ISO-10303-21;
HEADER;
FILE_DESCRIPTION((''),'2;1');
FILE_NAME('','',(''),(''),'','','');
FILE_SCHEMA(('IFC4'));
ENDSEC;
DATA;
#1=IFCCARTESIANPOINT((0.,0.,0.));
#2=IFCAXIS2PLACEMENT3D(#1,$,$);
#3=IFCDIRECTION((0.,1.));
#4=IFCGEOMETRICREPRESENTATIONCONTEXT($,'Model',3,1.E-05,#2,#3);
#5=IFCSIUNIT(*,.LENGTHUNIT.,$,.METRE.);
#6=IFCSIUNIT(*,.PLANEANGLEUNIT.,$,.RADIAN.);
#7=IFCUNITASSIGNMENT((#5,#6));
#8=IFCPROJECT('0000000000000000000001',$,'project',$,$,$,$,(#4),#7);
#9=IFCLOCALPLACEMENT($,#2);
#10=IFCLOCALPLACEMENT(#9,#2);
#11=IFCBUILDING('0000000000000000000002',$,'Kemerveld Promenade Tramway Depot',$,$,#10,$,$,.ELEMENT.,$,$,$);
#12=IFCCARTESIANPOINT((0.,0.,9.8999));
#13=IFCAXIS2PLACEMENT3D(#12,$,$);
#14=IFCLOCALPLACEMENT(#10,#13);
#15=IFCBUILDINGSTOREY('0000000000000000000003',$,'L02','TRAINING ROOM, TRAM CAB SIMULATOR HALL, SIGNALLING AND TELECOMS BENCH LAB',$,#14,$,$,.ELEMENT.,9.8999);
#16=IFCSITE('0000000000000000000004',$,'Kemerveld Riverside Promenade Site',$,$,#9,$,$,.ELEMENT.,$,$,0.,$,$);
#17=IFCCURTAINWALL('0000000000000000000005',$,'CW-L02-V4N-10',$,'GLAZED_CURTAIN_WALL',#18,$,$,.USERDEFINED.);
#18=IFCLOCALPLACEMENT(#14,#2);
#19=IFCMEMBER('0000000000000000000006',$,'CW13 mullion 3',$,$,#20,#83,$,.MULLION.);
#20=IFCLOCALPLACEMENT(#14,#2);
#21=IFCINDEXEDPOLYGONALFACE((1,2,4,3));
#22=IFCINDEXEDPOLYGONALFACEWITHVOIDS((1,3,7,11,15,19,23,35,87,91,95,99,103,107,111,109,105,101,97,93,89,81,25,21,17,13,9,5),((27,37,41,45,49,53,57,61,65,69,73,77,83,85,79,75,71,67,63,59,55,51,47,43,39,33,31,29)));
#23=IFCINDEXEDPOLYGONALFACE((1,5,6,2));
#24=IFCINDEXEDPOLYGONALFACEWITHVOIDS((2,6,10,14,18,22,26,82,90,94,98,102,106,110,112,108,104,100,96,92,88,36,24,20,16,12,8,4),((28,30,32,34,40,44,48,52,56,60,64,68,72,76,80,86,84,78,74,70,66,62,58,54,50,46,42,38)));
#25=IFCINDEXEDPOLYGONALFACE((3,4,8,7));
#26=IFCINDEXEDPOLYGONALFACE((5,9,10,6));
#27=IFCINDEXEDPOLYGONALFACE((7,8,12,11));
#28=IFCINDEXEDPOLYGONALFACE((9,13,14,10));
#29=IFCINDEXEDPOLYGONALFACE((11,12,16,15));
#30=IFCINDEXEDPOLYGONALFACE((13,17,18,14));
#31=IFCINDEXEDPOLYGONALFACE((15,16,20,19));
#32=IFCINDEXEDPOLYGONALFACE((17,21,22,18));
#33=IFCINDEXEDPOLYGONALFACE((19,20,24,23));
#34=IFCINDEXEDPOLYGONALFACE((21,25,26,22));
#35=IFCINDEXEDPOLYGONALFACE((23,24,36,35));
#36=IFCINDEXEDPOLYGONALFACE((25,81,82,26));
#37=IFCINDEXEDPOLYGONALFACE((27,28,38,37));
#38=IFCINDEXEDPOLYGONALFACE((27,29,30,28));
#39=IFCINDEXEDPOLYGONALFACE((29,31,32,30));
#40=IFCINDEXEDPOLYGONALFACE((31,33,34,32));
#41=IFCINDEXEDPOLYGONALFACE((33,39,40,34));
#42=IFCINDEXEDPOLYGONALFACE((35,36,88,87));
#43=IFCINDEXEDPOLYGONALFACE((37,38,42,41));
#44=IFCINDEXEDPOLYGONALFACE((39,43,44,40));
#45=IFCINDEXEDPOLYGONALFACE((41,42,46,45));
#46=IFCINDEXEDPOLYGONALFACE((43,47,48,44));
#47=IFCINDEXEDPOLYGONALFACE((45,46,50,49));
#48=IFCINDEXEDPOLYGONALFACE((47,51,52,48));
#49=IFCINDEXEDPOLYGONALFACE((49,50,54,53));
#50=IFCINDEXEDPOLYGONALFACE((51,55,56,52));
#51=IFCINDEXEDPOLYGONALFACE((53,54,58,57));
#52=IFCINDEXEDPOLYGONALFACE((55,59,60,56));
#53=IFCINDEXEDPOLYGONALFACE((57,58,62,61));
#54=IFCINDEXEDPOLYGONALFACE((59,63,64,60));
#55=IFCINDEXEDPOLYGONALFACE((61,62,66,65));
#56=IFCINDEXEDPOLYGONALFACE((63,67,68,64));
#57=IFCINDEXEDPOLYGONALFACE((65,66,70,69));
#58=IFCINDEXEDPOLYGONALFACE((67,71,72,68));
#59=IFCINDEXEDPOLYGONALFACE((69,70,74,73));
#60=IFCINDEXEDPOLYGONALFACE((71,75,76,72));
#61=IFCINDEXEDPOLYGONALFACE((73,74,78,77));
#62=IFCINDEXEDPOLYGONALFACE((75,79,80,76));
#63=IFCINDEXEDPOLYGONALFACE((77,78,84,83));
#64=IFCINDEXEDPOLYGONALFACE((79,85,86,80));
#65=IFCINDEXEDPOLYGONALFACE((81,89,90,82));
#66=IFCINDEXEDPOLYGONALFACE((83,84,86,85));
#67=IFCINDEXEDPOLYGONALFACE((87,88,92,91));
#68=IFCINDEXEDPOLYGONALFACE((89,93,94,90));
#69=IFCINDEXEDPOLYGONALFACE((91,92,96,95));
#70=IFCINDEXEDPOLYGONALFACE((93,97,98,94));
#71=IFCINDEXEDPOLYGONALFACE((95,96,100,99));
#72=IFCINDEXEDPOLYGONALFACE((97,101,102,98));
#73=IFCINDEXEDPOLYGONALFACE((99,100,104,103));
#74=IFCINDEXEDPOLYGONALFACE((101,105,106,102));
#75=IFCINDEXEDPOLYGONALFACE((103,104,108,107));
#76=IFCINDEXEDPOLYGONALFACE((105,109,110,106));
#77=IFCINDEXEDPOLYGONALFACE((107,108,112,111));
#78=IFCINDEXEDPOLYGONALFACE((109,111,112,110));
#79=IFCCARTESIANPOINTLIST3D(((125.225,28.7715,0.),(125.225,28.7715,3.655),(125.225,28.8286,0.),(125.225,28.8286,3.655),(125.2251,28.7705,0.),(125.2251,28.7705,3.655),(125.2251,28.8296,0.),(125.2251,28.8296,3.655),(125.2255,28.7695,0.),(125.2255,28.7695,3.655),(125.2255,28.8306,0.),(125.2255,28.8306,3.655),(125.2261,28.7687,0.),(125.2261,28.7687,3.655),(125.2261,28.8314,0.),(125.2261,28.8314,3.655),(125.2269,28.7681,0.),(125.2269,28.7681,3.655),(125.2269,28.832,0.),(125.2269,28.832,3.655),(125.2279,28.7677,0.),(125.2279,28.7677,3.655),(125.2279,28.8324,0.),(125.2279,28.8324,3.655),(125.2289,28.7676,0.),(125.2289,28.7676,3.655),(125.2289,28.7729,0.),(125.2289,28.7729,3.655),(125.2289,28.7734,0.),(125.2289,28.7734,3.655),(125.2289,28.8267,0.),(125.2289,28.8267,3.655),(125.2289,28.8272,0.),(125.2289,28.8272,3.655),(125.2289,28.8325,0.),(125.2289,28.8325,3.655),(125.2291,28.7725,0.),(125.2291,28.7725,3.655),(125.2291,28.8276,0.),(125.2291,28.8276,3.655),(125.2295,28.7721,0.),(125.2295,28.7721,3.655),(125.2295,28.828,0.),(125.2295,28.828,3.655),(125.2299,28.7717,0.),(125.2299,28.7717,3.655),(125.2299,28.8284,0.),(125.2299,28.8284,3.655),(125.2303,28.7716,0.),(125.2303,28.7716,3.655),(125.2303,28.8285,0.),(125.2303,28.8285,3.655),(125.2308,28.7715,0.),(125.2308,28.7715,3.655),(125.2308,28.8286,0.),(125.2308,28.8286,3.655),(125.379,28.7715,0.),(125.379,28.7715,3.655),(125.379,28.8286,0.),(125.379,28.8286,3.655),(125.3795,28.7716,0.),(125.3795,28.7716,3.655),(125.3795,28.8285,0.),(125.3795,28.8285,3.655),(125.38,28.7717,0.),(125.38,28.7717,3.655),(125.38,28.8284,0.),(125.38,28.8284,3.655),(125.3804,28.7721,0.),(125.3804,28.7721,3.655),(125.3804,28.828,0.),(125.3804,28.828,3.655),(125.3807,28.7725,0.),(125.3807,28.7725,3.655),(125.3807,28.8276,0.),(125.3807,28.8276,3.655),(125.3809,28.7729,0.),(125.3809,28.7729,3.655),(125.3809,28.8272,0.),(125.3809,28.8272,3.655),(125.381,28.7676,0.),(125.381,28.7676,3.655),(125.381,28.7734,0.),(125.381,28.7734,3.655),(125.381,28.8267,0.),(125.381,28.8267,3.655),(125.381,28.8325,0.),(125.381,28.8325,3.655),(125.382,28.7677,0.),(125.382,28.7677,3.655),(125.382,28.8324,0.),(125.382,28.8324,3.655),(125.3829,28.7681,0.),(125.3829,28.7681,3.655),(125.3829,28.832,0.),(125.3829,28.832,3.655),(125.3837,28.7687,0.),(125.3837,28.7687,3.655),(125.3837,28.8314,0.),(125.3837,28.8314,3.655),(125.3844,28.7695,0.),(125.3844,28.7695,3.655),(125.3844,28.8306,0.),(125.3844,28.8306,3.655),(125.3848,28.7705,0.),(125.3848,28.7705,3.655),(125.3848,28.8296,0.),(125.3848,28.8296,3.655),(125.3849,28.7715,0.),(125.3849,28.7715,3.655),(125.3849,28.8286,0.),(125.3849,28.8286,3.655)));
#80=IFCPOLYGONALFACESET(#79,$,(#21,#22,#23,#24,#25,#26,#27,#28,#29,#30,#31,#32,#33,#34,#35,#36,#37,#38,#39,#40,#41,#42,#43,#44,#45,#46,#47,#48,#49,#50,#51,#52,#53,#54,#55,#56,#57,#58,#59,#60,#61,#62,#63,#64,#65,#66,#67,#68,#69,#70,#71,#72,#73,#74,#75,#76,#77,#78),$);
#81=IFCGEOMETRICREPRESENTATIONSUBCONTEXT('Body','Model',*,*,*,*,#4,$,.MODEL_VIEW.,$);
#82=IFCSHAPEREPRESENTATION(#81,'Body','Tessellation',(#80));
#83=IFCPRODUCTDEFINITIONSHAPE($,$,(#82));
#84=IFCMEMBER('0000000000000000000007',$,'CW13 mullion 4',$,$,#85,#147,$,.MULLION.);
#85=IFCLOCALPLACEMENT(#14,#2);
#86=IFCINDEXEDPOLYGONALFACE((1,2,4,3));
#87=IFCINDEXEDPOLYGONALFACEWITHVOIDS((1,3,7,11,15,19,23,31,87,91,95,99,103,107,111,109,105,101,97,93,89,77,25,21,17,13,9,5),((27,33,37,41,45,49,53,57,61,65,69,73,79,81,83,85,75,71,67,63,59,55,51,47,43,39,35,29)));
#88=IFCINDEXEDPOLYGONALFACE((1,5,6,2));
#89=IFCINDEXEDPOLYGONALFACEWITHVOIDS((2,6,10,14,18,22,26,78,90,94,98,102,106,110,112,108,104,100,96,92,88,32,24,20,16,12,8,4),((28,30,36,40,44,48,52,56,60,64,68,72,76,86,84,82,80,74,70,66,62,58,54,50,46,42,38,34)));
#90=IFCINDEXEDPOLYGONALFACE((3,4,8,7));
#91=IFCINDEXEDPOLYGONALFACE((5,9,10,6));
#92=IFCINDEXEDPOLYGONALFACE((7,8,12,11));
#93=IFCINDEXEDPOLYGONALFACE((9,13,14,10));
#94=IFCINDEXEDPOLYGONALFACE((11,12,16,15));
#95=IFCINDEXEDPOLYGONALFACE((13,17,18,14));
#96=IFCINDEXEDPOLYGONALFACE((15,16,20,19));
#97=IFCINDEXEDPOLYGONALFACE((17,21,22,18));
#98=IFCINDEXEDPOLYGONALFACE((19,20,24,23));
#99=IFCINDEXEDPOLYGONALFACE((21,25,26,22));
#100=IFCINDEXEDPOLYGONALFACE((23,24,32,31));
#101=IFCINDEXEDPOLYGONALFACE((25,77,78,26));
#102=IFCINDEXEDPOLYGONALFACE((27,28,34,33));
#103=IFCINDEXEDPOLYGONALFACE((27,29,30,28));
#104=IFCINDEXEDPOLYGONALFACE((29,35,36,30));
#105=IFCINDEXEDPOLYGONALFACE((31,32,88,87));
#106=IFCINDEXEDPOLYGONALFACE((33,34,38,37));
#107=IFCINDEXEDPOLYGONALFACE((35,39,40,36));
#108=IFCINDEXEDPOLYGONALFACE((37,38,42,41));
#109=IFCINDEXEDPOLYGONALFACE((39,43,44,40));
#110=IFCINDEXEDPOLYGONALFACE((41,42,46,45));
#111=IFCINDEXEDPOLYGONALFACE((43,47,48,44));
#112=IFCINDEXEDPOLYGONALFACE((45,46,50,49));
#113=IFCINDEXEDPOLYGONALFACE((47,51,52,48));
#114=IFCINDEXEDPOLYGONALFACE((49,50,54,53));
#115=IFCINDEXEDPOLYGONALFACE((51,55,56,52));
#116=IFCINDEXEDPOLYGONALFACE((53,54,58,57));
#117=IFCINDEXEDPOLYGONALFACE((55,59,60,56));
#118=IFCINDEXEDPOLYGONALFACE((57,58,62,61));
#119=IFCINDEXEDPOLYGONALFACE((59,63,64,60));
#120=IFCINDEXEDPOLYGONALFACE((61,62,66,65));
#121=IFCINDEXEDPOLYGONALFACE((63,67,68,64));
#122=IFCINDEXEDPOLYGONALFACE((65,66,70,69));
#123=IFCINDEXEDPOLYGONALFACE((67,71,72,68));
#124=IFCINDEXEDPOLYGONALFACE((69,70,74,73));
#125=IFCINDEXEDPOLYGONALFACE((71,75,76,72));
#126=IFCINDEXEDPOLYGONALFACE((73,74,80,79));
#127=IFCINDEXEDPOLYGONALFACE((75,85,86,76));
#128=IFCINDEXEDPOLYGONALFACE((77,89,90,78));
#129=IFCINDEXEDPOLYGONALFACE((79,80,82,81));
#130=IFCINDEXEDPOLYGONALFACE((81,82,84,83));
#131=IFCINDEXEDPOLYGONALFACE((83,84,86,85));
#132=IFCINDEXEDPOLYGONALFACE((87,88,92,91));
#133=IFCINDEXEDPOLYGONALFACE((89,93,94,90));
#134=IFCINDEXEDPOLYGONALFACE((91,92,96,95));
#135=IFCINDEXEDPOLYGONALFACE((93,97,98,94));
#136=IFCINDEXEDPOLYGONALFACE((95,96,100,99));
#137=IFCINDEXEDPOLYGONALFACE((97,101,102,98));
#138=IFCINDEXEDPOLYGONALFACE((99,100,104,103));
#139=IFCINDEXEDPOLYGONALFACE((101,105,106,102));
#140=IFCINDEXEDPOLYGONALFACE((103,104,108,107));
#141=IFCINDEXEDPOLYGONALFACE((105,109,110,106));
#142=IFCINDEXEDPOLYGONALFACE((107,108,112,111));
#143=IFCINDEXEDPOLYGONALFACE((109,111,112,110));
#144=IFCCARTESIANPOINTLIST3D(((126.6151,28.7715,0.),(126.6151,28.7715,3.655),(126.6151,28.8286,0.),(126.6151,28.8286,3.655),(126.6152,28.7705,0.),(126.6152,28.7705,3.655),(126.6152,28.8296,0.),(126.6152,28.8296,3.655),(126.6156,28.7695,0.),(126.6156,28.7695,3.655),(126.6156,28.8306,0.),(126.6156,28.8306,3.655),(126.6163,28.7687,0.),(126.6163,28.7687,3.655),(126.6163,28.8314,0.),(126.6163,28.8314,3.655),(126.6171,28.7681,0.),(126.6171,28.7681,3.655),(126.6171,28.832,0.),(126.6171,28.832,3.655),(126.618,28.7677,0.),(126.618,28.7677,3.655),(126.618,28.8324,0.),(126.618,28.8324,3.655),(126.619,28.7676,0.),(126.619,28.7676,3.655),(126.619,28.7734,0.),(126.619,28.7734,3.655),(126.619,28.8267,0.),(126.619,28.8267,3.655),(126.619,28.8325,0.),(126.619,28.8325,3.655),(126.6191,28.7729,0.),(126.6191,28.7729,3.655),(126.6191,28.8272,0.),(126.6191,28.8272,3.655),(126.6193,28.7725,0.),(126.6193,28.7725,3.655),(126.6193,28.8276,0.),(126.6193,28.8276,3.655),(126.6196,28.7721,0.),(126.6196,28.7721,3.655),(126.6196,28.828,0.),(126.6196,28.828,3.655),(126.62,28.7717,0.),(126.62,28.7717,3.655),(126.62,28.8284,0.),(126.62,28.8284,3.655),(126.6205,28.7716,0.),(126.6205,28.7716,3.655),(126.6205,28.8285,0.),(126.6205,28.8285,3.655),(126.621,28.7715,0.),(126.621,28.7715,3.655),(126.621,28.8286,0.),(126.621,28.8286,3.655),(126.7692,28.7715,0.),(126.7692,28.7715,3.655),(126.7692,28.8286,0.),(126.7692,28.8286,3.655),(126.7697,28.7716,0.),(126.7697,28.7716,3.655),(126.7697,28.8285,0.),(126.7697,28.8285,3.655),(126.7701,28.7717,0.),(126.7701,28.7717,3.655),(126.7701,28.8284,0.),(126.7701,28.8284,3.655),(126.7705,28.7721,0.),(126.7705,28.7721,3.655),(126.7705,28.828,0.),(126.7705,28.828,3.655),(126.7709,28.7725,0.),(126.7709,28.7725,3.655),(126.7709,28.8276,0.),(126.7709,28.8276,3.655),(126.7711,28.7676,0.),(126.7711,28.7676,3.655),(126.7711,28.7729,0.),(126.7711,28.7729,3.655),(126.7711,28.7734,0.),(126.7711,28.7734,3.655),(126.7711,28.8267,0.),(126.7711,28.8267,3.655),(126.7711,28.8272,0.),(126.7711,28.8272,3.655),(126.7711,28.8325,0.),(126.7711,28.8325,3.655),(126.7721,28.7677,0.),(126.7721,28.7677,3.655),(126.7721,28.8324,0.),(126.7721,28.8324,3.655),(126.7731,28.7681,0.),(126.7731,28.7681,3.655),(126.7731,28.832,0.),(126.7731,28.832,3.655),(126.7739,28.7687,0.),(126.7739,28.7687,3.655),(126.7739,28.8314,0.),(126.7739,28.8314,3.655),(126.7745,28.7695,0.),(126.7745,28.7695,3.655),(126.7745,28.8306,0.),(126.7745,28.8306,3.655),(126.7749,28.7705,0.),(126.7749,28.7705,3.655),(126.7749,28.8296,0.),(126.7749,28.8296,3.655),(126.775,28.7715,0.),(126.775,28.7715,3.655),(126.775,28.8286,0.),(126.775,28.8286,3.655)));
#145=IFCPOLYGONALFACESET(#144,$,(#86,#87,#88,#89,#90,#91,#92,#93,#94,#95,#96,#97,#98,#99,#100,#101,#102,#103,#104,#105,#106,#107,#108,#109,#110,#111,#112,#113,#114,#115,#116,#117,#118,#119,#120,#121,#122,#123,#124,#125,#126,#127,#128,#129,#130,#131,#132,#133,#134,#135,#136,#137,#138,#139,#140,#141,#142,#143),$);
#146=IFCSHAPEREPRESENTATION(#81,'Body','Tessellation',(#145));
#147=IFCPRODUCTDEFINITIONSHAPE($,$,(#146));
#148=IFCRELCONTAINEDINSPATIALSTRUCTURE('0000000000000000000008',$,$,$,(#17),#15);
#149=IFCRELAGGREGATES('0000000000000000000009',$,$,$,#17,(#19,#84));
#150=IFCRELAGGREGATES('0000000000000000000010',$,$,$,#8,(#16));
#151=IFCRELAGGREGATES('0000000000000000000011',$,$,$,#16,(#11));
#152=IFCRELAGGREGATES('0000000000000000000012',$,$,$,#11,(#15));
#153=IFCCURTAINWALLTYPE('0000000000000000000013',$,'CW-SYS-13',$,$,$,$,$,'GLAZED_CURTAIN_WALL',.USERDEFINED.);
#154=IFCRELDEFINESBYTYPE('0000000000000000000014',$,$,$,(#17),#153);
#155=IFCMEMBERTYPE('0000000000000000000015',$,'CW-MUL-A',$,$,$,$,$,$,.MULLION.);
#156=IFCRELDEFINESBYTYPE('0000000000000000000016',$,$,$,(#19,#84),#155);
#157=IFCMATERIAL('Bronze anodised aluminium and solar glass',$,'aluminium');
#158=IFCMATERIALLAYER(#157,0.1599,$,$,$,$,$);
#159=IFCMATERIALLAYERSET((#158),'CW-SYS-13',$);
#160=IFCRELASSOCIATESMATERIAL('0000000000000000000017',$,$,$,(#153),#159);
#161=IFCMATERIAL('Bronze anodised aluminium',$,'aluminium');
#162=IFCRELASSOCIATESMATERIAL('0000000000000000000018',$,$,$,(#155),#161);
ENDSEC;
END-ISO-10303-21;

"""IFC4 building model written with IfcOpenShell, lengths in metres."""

from ifc_helpers import new_model, si_unit, direction, frame, origin, origin_2d, place, context, subcontext, project, spatial, hollow_rectangle, extrude, material, layer, layer_set, material_profile, profile_set, type_object, element, aggregate, save


model = new_model("IFC4")

# Units and contexts
model_context = context("Model", 3, precision=1e-05, world=origin(), true_north=direction((0.0, 1.0)))
body_context = subcontext(model_context, "Body", "Model", "MODEL_VIEW")
ifc_project = project(units=[si_unit("LENGTHUNIT", "METRE"), si_unit("PLANEANGLEUNIT", "RADIAN")], contexts=[model_context])

# Site, building, storey
site_placement = place(None, origin())
site = spatial("IfcSite", under=ifc_project, at=site_placement, Name="Kemerveld Riverside Promenade Site", CompositionType="ELEMENT", RefElevation=0.0)
building_placement = place(site_placement, origin())
building = spatial("IfcBuilding", under=site, at=building_placement, Name="Kemerveld Promenade Tramway Depot", CompositionType="ELEMENT")
storey_placement = place(building_placement, frame((0.0, 0.0, 9.8999)))
storey = spatial("IfcBuildingStorey", under=building, at=storey_placement, Name="L02", Description="TRAINING ROOM, TRAM CAB SIMULATOR HALL, SIGNALLING AND TELECOMS BENCH LAB", CompositionType="ELEMENT", Elevation=9.8999)

# Curtain wall, members
ifc_material_1 = material(Name="Bronze anodised aluminium and solar glass", Category="aluminium")
ifc_layer_1 = layer(ifc_material_1, 0.1599)
ifc_layer_set_1 = layer_set([ifc_layer_1], Name="CW-SYS-13")
curtain_wall_type = type_object("IfcCurtainWallType", Name="CW-SYS-13", ElementType="GLAZED_CURTAIN_WALL", PredefinedType="USERDEFINED", material=ifc_layer_set_1)
curtain_wall_placement = place(storey_placement, origin())
curtain_wall = element("IfcCurtainWall", 1, at=curtain_wall_placement, inside=storey, type_object=curtain_wall_type, Name="CW-L02-V4N-10", ObjectType="GLAZED_CURTAIN_WALL", PredefinedType="USERDEFINED")
ifc_material_2 = material(Name="Bronze anodised aluminium", Category="aluminium")
ifc_material_profile_1 = material_profile(ifc_material_2, hollow_rectangle(XDim=0.0649, YDim=0.1599, WallThickness=0.0039, InnerFilletRadius=0.002, OuterFilletRadius=0.0039, at=origin_2d()), Name="CW-MUL-160x65")
ifc_profile_set_1 = profile_set([ifc_material_profile_1], Name="Bronze anodised aluminium")
member_type_1 = type_object("IfcMemberType", Name="CW-MUL-A", PredefinedType="MULLION", material=ifc_profile_set_1)
member_1_placement = place(storey_placement, frame((125.3049, 28.8, 0.0), z_axis=(0.0, 0.0, 1.0), x_axis=(0.0, 1.0, 0.0)))
member_1 = element("IfcMember", 2, at=member_1_placement, type_object=member_type_1, Name="CW13 mullion 3", PredefinedType="MULLION", context=body_context, shape_type="SweptSolid", body=[
    extrude(hollow_rectangle(XDim=0.0649, YDim=0.1599, WallThickness=0.0039, InnerFilletRadius=0.002, OuterFilletRadius=0.0039, at=origin_2d()), origin(), (0.0, 0.0, 1.0), 3.655),
])
member_2_placement = place(storey_placement, frame((126.6951, 28.8, 0.0), z_axis=(0.0, 0.0, 1.0), x_axis=(0.0, 1.0, 0.0)))
member_2 = element("IfcMember", 3, at=member_2_placement, type_object=member_type_1, Name="CW13 mullion 4", PredefinedType="MULLION", context=body_context, shape_type="SweptSolid", body=[
    extrude(hollow_rectangle(XDim=0.0649, YDim=0.1599, WallThickness=0.0039, InnerFilletRadius=0.002, OuterFilletRadius=0.0039, at=origin_2d()), origin(), (0.0, 0.0, 1.0), 3.655),
])
aggregate(curtain_wall, [member_1, member_2])

save(model, "model.ifc")
